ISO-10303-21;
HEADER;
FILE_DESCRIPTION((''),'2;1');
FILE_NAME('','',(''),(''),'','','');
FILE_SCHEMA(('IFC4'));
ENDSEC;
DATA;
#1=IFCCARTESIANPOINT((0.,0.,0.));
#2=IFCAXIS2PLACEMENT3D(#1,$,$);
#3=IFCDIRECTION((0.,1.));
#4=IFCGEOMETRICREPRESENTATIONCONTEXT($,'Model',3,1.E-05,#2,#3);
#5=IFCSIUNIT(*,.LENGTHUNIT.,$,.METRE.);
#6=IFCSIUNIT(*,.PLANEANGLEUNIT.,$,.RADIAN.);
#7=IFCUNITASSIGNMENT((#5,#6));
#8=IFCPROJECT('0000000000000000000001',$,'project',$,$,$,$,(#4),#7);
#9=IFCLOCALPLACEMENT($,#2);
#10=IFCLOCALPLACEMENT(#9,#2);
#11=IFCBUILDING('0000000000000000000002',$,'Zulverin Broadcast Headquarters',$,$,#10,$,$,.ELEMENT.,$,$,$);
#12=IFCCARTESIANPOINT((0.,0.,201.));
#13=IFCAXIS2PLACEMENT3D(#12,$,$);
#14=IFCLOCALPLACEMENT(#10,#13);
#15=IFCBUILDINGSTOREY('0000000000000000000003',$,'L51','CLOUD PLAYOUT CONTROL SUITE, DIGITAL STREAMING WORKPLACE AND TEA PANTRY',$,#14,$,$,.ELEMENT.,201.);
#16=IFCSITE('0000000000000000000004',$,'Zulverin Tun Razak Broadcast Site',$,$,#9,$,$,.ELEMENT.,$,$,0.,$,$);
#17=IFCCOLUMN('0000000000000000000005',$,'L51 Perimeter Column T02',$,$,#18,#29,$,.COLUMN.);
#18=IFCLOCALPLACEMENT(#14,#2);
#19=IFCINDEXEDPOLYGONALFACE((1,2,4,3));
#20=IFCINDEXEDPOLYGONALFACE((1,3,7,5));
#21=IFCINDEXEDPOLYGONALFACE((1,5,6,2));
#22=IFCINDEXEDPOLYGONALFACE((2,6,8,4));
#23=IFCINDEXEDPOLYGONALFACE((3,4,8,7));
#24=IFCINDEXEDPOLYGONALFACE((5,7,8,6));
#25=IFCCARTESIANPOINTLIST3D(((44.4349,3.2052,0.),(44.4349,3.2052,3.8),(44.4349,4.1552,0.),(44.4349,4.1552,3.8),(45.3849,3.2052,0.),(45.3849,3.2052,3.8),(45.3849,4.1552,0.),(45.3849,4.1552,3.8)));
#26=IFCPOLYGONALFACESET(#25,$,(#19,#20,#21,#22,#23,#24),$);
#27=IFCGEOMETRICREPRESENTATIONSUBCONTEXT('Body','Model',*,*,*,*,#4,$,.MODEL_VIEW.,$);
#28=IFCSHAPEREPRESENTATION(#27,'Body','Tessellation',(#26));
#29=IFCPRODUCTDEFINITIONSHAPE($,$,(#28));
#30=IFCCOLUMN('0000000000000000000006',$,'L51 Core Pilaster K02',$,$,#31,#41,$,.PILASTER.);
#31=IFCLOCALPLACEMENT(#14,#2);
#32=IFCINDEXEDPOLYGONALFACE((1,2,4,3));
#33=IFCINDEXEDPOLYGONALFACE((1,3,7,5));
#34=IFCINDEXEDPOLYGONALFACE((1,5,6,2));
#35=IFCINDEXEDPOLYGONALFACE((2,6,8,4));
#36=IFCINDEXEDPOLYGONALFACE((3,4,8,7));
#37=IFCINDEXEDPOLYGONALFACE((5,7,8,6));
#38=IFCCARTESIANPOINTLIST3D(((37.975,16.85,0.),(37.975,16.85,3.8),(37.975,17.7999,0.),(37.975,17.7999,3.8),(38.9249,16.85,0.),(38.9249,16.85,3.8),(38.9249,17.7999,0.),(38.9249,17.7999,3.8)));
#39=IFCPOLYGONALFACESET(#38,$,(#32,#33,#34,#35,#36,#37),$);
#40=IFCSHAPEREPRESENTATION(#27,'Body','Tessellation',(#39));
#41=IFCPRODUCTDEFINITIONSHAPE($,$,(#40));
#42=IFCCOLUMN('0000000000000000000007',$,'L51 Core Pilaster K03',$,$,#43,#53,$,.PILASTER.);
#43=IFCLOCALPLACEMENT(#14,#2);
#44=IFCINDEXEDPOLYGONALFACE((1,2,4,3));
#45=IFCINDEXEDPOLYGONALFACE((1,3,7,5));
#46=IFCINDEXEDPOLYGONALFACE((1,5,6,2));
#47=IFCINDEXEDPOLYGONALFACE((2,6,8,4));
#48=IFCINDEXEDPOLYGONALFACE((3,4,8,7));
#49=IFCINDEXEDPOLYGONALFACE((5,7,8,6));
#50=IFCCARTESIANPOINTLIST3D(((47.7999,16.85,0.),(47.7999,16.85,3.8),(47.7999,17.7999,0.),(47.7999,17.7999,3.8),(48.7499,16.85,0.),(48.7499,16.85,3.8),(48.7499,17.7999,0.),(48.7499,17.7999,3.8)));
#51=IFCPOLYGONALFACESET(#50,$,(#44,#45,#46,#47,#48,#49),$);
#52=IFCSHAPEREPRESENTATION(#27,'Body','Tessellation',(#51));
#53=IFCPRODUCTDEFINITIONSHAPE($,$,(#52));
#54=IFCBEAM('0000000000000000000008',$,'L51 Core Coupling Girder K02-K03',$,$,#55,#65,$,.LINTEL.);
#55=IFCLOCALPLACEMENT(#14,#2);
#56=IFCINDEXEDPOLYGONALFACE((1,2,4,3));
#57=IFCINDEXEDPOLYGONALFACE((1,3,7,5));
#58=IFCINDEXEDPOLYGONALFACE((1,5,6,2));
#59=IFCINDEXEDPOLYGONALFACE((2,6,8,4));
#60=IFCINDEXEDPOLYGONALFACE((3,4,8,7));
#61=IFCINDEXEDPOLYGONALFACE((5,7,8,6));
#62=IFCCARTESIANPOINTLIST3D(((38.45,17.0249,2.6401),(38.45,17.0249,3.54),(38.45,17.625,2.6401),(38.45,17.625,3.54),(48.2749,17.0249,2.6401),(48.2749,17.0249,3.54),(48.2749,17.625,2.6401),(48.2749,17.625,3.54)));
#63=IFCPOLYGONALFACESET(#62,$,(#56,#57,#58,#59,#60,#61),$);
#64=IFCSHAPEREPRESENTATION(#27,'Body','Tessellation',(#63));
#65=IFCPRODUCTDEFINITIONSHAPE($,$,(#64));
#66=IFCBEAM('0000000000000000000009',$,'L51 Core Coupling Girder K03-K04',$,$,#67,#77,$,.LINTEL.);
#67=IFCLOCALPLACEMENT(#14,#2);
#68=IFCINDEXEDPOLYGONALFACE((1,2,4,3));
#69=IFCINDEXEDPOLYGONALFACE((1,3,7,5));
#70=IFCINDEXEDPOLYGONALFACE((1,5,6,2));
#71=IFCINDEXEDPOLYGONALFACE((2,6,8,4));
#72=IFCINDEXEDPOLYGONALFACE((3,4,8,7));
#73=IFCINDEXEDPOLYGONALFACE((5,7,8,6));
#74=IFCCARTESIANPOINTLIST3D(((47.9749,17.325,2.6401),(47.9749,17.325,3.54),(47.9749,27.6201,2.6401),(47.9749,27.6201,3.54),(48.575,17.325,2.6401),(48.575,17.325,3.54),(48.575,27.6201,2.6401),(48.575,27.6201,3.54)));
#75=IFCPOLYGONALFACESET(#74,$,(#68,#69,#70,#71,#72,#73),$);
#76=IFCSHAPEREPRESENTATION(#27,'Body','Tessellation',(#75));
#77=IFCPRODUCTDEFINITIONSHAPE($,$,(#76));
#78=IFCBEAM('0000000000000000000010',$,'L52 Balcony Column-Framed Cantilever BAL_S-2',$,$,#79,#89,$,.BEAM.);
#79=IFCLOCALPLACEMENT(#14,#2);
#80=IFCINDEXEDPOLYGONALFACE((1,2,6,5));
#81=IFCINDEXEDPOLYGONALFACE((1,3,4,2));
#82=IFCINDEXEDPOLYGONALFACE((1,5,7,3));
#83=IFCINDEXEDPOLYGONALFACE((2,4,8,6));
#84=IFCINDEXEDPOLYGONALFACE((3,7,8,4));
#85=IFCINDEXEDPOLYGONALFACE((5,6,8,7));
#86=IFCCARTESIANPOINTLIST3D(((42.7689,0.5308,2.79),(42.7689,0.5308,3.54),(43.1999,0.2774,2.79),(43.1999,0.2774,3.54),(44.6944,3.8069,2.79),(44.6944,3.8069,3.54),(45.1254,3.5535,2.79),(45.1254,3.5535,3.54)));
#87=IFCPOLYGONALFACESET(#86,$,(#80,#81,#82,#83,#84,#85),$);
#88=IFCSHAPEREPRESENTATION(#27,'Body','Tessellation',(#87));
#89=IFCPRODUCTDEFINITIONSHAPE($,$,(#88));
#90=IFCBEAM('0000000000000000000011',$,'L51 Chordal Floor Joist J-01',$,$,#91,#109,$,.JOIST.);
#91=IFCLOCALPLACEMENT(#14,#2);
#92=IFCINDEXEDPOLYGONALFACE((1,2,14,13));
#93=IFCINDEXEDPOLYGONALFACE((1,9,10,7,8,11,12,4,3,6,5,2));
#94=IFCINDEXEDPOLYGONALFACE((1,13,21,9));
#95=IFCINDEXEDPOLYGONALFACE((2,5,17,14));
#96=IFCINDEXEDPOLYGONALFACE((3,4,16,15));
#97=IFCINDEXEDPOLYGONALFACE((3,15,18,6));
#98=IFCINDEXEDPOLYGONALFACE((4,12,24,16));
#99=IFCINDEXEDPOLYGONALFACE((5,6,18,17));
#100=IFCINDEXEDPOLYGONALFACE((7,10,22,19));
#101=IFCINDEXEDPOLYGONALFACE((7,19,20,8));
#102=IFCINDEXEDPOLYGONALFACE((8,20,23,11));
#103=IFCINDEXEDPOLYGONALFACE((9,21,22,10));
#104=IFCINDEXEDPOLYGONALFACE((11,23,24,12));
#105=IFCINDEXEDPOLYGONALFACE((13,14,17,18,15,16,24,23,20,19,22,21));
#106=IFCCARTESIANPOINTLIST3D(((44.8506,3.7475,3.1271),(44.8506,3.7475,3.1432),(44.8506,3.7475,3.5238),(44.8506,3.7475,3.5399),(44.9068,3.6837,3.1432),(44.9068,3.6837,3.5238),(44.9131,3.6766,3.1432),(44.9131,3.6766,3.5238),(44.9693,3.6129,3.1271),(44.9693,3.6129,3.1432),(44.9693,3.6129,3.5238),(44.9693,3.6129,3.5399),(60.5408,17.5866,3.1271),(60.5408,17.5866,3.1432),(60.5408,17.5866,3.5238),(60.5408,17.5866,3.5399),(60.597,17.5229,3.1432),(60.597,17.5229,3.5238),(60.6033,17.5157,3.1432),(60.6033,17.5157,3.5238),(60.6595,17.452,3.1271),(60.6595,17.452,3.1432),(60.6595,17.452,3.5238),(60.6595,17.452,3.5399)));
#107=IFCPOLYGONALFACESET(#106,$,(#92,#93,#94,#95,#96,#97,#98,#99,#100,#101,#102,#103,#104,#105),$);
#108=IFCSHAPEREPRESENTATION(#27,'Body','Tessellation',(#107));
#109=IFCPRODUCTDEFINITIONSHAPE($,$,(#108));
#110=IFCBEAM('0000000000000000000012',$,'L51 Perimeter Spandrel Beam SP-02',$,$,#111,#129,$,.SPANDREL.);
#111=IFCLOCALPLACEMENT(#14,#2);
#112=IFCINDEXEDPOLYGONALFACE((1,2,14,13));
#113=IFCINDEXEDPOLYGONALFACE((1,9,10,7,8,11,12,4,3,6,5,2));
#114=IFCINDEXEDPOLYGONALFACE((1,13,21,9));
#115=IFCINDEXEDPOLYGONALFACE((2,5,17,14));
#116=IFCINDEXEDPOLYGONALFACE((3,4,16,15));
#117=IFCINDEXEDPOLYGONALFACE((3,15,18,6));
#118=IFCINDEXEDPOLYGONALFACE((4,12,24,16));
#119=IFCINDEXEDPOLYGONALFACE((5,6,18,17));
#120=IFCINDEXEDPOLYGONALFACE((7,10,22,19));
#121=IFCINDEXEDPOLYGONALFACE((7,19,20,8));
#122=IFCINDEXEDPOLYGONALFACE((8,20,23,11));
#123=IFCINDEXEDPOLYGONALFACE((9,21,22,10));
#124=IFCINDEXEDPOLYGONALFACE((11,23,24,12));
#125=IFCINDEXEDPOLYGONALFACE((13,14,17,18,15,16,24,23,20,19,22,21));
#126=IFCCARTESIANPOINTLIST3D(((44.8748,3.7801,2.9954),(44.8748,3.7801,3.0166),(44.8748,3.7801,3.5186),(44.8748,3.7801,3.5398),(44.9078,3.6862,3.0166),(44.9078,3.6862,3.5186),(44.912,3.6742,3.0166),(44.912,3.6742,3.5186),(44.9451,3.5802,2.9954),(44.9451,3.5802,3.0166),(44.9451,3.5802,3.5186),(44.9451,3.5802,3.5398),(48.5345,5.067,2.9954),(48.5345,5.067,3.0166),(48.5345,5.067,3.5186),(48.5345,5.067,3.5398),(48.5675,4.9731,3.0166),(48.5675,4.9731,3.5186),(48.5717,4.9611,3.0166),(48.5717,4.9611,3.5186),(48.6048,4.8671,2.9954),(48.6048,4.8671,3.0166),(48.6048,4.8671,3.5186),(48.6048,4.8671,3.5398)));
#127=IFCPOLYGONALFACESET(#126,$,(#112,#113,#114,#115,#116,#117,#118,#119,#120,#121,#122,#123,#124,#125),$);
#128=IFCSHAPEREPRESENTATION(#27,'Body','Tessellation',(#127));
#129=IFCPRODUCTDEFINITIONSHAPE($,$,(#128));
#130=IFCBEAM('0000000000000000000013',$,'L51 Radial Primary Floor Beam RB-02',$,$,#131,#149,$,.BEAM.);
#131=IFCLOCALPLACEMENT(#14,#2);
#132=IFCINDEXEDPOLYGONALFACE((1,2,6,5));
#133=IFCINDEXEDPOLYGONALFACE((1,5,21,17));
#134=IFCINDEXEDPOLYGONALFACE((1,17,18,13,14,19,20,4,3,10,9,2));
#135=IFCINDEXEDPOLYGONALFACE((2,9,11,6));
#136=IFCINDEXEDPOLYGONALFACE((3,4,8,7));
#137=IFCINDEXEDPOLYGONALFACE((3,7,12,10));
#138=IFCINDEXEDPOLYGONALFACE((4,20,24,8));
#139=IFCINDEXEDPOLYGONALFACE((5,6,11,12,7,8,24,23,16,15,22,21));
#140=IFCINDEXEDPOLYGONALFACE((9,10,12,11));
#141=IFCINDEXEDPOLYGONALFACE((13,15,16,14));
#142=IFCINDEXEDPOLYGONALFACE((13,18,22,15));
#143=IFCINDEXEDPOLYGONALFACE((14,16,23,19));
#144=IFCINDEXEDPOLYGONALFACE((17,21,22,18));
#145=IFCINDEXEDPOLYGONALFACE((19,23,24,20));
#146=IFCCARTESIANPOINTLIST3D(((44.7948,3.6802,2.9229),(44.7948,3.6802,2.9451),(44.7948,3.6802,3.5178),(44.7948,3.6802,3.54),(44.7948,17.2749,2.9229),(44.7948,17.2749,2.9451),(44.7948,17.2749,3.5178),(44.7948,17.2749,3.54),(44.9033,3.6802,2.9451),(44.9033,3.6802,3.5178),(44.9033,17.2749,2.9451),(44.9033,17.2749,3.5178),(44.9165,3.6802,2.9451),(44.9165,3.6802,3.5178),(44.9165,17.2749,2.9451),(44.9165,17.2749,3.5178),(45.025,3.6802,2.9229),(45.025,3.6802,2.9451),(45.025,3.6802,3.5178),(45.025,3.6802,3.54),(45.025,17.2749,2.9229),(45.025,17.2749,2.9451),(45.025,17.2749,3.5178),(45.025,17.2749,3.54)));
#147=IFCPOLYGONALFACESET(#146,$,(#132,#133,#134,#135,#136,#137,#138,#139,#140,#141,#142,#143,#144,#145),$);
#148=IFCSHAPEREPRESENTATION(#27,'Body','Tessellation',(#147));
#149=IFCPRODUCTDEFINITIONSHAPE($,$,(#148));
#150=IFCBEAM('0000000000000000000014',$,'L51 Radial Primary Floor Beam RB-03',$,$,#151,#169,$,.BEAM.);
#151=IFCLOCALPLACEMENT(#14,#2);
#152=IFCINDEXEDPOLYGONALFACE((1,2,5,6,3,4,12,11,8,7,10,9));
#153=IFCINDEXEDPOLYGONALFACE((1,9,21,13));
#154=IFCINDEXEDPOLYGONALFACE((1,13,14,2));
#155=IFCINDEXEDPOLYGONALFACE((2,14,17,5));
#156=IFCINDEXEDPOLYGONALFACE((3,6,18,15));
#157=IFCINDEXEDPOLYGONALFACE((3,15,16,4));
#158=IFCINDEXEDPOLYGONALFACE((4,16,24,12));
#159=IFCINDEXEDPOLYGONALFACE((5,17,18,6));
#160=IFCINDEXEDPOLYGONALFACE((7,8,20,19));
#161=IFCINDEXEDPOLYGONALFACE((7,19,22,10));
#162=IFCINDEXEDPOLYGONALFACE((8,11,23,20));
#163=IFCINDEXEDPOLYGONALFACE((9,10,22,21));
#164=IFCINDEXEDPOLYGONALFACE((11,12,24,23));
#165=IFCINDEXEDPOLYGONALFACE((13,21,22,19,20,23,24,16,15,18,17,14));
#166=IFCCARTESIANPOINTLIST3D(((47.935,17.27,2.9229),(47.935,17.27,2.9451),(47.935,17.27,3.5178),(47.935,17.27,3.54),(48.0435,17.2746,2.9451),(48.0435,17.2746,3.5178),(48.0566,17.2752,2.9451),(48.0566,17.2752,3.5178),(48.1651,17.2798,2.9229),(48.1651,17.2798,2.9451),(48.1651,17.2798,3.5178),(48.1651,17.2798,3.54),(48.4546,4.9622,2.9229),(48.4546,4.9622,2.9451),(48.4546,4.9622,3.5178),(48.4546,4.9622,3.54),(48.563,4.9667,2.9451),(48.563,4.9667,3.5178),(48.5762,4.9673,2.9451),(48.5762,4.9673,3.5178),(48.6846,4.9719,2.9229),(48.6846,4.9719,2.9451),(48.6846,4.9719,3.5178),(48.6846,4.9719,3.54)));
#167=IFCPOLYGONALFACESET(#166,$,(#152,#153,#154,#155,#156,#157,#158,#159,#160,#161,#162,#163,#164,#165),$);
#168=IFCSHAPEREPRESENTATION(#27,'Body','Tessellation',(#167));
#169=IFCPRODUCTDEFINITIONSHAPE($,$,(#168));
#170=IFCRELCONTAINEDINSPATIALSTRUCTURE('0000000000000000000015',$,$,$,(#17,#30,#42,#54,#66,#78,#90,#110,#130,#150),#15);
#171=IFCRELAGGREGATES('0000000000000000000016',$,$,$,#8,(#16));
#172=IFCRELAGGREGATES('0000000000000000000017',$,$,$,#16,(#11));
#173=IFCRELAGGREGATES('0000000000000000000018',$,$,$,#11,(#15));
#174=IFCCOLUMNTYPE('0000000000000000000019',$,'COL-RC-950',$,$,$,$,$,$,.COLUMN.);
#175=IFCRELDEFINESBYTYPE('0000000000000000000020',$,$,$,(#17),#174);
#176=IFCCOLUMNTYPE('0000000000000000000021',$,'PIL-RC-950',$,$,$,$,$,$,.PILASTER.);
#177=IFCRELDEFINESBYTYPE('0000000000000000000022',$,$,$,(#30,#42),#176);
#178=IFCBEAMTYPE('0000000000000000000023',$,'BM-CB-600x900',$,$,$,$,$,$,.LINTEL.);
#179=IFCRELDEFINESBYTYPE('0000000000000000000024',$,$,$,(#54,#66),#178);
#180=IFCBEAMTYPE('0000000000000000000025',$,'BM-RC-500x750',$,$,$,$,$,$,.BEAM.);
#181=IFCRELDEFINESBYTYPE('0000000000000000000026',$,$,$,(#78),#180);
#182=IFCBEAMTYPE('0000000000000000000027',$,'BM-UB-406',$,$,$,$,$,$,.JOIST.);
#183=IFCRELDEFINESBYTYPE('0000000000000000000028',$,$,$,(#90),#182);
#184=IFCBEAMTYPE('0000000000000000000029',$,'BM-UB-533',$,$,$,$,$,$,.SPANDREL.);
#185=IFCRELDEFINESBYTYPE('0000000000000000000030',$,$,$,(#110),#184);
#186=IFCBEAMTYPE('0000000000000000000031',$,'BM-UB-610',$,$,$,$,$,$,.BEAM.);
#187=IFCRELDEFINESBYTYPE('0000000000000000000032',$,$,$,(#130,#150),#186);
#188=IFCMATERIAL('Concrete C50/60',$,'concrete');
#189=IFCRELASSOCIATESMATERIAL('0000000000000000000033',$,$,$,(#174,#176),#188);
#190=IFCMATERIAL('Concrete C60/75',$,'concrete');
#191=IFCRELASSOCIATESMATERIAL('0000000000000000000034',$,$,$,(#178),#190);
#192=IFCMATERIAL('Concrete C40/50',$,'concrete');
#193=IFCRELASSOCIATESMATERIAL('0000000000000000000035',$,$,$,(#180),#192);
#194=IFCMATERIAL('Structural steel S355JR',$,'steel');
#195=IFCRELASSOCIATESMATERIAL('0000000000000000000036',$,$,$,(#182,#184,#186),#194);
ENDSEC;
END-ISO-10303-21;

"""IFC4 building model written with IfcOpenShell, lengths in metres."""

from ifc_helpers import new_model, si_unit, direction, frame, origin, origin_2d, place, context, subcontext, project, spatial, rectangle, i_section, extrude, material, material_profile, profile_set, type_object, element, save


model = new_model("IFC4")

# Units and contexts
model_context = context("Model", 3, precision=1e-05, world=origin(), true_north=direction((0.0, 1.0)))
body_context = subcontext(model_context, "Body", "Model", "MODEL_VIEW")
ifc_project = project(units=[si_unit("LENGTHUNIT", "METRE"), si_unit("PLANEANGLEUNIT", "RADIAN")], contexts=[model_context])

# Site, building, storey
site_placement = place(None, origin())
site = spatial("IfcSite", under=ifc_project, at=site_placement, Name="Zulverin Tun Razak Broadcast Site", CompositionType="ELEMENT", RefElevation=0.0)
building_placement = place(site_placement, origin())
building = spatial("IfcBuilding", under=site, at=building_placement, Name="Zulverin Broadcast Headquarters", CompositionType="ELEMENT")
storey_placement = place(building_placement, frame((0.0, 0.0, 201.0)))
storey = spatial("IfcBuildingStorey", under=building, at=storey_placement, Name="L51", Description="CLOUD PLAYOUT CONTROL SUITE, DIGITAL STREAMING WORKPLACE AND TEA PANTRY", CompositionType="ELEMENT", Elevation=201.0)

# Columns
ifc_material_1 = material(Name="Concrete C50/60", Category="concrete")
ifc_material_profile_1 = material_profile(ifc_material_1, rectangle(XDim=0.95, YDim=0.95, at=origin_2d()), Name="Concrete C50/60", Category="concrete")
ifc_profile_set_1 = profile_set([ifc_material_profile_1], Name="Concrete C50/60")
column_type_1 = type_object("IfcColumnType", Name="COL-RC-950", PredefinedType="COLUMN", material=ifc_profile_set_1)
column_placement = place(storey_placement, frame((44.9099, 3.6802, 0.0), z_axis=(0.0, 0.0, 1.0), x_axis=(1.0, 0.0, 0.0)))
element("IfcColumn", 1, at=column_placement, inside=storey, type_object=column_type_1, Name="L51 Perimeter Column T02", PredefinedType="COLUMN", context=body_context, shape_type="SweptSolid", body=[
    extrude(rectangle(XDim=0.95, YDim=0.95, at=origin_2d()), origin(), (0.0, 0.0, 1.0), 3.8),
])
ifc_material_profile_2 = material_profile(ifc_material_1, rectangle(XDim=0.95, YDim=0.95, at=origin_2d()), Name="Concrete C50/60", Category="concrete")
ifc_profile_set_2 = profile_set([ifc_material_profile_2], Name="Concrete C50/60")
column_type_2 = type_object("IfcColumnType", Name="PIL-RC-950", PredefinedType="PILASTER", material=ifc_profile_set_2)
for number, where, z_axis, x_axis, name in (
    (2, (38.45, 17.325, 0.0), (0.0, 0.0, 1.0), (1.0, 0.0, 0.0), "L51 Core Pilaster K02"),
    (3, (48.2749, 17.325, 0.0), (0.0, 0.0, 1.0), (1.0, 0.0, 0.0), "L51 Core Pilaster K03"),
):
    element("IfcColumn", number, at=place(storey_placement, frame(where, z_axis=z_axis, x_axis=x_axis)), inside=storey, type_object=column_type_2, Name=name, PredefinedType="PILASTER", context=body_context, shape_type="SweptSolid", body=[
        extrude(rectangle(XDim=0.95, YDim=0.95, at=origin_2d()), origin(), (0.0, 0.0, 1.0), 3.8),
    ])

# Beams
ifc_material_2 = material(Name="Concrete C60/75", Category="concrete")
ifc_material_profile_3 = material_profile(ifc_material_2, rectangle(XDim=0.6001, YDim=0.8999, at=origin_2d()), Name="Concrete C60/75", Category="concrete")
ifc_profile_set_3 = profile_set([ifc_material_profile_3], Name="Concrete C60/75")
beam_type_1 = type_object("IfcBeamType", Name="BM-CB-600x900", PredefinedType="LINTEL", material=ifc_profile_set_3)
beam_1_placement = place(storey_placement, frame((38.45, 17.325, 3.0901), z_axis=(1.0, 0.0, 0.0), x_axis=(0.0, 1.0, 0.0)))
element("IfcBeam", 4, at=beam_1_placement, inside=storey, type_object=beam_type_1, Name="L51 Core Coupling Girder K02-K03", PredefinedType="LINTEL", context=body_context, shape_type="SweptSolid", body=[
    extrude(rectangle(XDim=0.6001, YDim=0.8999, at=origin_2d()), origin(), (0.0, 0.0, 1.0), 9.825),
])
beam_2_placement = place(storey_placement, frame((48.2749, 17.325, 3.0901), z_axis=(0.0, 1.0, 0.0), x_axis=(-1.0, 0.0, 0.0)))
element("IfcBeam", 5, at=beam_2_placement, inside=storey, type_object=beam_type_1, Name="L51 Core Coupling Girder K03-K04", PredefinedType="LINTEL", context=body_context, shape_type="SweptSolid", body=[
    extrude(rectangle(XDim=0.6001, YDim=0.8999, at=origin_2d()), origin(), (0.0, 0.0, 1.0), 10.2952),
])
ifc_material_3 = material(Name="Concrete C40/50", Category="concrete")
ifc_material_profile_4 = material_profile(ifc_material_3, rectangle(XDim=0.5, YDim=0.75, at=origin_2d()), Name="Concrete C40/50", Category="concrete")
ifc_profile_set_4 = profile_set([ifc_material_profile_4], Name="Concrete C40/50")
beam_type_2 = type_object("IfcBeamType", Name="BM-RC-500x750", PredefinedType="BEAM", material=ifc_profile_set_4)
beam_3_placement = place(storey_placement, frame((44.9099, 3.6802, 3.165), z_axis=(-0.506708, -0.862117, 0.0), x_axis=(0.862117, -0.506708, 0.0)))
element("IfcBeam", 6, at=beam_3_placement, inside=storey, type_object=beam_type_2, Name="L52 Balcony Column-Framed Cantilever BAL_S-2", PredefinedType="BEAM", context=body_context, shape_type="SweptSolid", body=[
    extrude(rectangle(XDim=0.5, YDim=0.75, at=origin_2d()), origin(), (0.0, 0.0, 1.0), 3.8),
])
ifc_material_4 = material(Name="Structural steel S355JR", Category="steel")
ifc_material_profile_5 = material_profile(ifc_material_4, i_section(OverallWidth=0.1794, OverallDepth=0.4128, WebThickness=0.0095, FlangeThickness=0.0161, at=origin_2d()), Name="Structural steel S355JR", Category="steel")
ifc_profile_set_5 = profile_set([ifc_material_profile_5], Name="Structural steel S355JR")
beam_type_3 = type_object("IfcBeamType", Name="BM-UB-406", PredefinedType="JOIST", material=ifc_profile_set_5)
beam_4_placement = place(storey_placement, frame((44.9099, 3.6802, 3.3335), z_axis=(0.74996, 0.661483, 0.0), x_axis=(-0.661483, 0.74996, 0.0)))
element("IfcBeam", 7, at=beam_4_placement, inside=storey, type_object=beam_type_3, Name="L51 Chordal Floor Joist J-01", PredefinedType="JOIST", context=body_context, shape_type="SweptSolid", body=[
    extrude(i_section(OverallWidth=0.1794, OverallDepth=0.4128, WebThickness=0.0095, FlangeThickness=0.0161, at=origin_2d()), origin(), (0.0, 0.0, 1.0), 20.9214),
])
ifc_material_profile_6 = material_profile(ifc_material_4, i_section(OverallWidth=0.2119, OverallDepth=0.5444, WebThickness=0.0127, FlangeThickness=0.0212, at=origin_2d()), Name="Structural steel S355JR", Category="steel")
ifc_profile_set_6 = profile_set([ifc_material_profile_6], Name="Structural steel S355JR")
beam_type_4 = type_object("IfcBeamType", Name="BM-UB-533", PredefinedType="SPANDREL", material=ifc_profile_set_6)
beam_5_placement = place(storey_placement, frame((44.9099, 3.6802, 3.2676), z_axis=(0.943377, 0.331724, 0.0), x_axis=(-0.331724, 0.943377, 0.0)))
element("IfcBeam", 8, at=beam_5_placement, inside=storey, type_object=beam_type_4, Name="L51 Perimeter Spandrel Beam SP-02", PredefinedType="SPANDREL", context=body_context, shape_type="SweptSolid", body=[
    extrude(i_section(OverallWidth=0.2119, OverallDepth=0.5444, WebThickness=0.0127, FlangeThickness=0.0212, at=origin_2d()), origin(), (0.0, 0.0, 1.0), 3.8794),
])
ifc_material_profile_7 = material_profile(ifc_material_4, i_section(OverallWidth=0.2302, OverallDepth=0.6172, WebThickness=0.0132, FlangeThickness=0.0222, at=origin_2d()), Name="Structural steel S355JR", Category="steel")
ifc_profile_set_7 = profile_set([ifc_material_profile_7], Name="Structural steel S355JR")
beam_type_5 = type_object("IfcBeamType", Name="BM-UB-610", PredefinedType="BEAM", material=ifc_profile_set_7)
beam_6_placement = place(storey_placement, frame((44.9099, 17.2749, 3.2314), z_axis=(0.0, -1.0, 0.0), x_axis=(1.0, 0.0, 0.0)))
element("IfcBeam", 9, at=beam_6_placement, inside=storey, type_object=beam_type_5, Name="L51 Radial Primary Floor Beam RB-02", PredefinedType="BEAM", context=body_context, shape_type="SweptSolid", body=[
    extrude(i_section(OverallWidth=0.2302, OverallDepth=0.6172, WebThickness=0.0132, FlangeThickness=0.0222, at=origin_2d()), origin(), (0.0, 0.0, 1.0), 13.5947),
])
beam_7_placement = place(storey_placement, frame((48.05, 17.2749, 3.2314), z_axis=(0.042174, -0.99911, 0.0), x_axis=(0.99911, 0.042174, 0.0)))
element("IfcBeam", 10, at=beam_7_placement, inside=storey, type_object=beam_type_5, Name="L51 Radial Primary Floor Beam RB-03", PredefinedType="BEAM", context=body_context, shape_type="SweptSolid", body=[
    extrude(i_section(OverallWidth=0.2302, OverallDepth=0.6172, WebThickness=0.0132, FlangeThickness=0.0222, at=origin_2d()), origin(), (0.0, 0.0, 1.0), 12.3188),
])

save(model, "model.ifc")
